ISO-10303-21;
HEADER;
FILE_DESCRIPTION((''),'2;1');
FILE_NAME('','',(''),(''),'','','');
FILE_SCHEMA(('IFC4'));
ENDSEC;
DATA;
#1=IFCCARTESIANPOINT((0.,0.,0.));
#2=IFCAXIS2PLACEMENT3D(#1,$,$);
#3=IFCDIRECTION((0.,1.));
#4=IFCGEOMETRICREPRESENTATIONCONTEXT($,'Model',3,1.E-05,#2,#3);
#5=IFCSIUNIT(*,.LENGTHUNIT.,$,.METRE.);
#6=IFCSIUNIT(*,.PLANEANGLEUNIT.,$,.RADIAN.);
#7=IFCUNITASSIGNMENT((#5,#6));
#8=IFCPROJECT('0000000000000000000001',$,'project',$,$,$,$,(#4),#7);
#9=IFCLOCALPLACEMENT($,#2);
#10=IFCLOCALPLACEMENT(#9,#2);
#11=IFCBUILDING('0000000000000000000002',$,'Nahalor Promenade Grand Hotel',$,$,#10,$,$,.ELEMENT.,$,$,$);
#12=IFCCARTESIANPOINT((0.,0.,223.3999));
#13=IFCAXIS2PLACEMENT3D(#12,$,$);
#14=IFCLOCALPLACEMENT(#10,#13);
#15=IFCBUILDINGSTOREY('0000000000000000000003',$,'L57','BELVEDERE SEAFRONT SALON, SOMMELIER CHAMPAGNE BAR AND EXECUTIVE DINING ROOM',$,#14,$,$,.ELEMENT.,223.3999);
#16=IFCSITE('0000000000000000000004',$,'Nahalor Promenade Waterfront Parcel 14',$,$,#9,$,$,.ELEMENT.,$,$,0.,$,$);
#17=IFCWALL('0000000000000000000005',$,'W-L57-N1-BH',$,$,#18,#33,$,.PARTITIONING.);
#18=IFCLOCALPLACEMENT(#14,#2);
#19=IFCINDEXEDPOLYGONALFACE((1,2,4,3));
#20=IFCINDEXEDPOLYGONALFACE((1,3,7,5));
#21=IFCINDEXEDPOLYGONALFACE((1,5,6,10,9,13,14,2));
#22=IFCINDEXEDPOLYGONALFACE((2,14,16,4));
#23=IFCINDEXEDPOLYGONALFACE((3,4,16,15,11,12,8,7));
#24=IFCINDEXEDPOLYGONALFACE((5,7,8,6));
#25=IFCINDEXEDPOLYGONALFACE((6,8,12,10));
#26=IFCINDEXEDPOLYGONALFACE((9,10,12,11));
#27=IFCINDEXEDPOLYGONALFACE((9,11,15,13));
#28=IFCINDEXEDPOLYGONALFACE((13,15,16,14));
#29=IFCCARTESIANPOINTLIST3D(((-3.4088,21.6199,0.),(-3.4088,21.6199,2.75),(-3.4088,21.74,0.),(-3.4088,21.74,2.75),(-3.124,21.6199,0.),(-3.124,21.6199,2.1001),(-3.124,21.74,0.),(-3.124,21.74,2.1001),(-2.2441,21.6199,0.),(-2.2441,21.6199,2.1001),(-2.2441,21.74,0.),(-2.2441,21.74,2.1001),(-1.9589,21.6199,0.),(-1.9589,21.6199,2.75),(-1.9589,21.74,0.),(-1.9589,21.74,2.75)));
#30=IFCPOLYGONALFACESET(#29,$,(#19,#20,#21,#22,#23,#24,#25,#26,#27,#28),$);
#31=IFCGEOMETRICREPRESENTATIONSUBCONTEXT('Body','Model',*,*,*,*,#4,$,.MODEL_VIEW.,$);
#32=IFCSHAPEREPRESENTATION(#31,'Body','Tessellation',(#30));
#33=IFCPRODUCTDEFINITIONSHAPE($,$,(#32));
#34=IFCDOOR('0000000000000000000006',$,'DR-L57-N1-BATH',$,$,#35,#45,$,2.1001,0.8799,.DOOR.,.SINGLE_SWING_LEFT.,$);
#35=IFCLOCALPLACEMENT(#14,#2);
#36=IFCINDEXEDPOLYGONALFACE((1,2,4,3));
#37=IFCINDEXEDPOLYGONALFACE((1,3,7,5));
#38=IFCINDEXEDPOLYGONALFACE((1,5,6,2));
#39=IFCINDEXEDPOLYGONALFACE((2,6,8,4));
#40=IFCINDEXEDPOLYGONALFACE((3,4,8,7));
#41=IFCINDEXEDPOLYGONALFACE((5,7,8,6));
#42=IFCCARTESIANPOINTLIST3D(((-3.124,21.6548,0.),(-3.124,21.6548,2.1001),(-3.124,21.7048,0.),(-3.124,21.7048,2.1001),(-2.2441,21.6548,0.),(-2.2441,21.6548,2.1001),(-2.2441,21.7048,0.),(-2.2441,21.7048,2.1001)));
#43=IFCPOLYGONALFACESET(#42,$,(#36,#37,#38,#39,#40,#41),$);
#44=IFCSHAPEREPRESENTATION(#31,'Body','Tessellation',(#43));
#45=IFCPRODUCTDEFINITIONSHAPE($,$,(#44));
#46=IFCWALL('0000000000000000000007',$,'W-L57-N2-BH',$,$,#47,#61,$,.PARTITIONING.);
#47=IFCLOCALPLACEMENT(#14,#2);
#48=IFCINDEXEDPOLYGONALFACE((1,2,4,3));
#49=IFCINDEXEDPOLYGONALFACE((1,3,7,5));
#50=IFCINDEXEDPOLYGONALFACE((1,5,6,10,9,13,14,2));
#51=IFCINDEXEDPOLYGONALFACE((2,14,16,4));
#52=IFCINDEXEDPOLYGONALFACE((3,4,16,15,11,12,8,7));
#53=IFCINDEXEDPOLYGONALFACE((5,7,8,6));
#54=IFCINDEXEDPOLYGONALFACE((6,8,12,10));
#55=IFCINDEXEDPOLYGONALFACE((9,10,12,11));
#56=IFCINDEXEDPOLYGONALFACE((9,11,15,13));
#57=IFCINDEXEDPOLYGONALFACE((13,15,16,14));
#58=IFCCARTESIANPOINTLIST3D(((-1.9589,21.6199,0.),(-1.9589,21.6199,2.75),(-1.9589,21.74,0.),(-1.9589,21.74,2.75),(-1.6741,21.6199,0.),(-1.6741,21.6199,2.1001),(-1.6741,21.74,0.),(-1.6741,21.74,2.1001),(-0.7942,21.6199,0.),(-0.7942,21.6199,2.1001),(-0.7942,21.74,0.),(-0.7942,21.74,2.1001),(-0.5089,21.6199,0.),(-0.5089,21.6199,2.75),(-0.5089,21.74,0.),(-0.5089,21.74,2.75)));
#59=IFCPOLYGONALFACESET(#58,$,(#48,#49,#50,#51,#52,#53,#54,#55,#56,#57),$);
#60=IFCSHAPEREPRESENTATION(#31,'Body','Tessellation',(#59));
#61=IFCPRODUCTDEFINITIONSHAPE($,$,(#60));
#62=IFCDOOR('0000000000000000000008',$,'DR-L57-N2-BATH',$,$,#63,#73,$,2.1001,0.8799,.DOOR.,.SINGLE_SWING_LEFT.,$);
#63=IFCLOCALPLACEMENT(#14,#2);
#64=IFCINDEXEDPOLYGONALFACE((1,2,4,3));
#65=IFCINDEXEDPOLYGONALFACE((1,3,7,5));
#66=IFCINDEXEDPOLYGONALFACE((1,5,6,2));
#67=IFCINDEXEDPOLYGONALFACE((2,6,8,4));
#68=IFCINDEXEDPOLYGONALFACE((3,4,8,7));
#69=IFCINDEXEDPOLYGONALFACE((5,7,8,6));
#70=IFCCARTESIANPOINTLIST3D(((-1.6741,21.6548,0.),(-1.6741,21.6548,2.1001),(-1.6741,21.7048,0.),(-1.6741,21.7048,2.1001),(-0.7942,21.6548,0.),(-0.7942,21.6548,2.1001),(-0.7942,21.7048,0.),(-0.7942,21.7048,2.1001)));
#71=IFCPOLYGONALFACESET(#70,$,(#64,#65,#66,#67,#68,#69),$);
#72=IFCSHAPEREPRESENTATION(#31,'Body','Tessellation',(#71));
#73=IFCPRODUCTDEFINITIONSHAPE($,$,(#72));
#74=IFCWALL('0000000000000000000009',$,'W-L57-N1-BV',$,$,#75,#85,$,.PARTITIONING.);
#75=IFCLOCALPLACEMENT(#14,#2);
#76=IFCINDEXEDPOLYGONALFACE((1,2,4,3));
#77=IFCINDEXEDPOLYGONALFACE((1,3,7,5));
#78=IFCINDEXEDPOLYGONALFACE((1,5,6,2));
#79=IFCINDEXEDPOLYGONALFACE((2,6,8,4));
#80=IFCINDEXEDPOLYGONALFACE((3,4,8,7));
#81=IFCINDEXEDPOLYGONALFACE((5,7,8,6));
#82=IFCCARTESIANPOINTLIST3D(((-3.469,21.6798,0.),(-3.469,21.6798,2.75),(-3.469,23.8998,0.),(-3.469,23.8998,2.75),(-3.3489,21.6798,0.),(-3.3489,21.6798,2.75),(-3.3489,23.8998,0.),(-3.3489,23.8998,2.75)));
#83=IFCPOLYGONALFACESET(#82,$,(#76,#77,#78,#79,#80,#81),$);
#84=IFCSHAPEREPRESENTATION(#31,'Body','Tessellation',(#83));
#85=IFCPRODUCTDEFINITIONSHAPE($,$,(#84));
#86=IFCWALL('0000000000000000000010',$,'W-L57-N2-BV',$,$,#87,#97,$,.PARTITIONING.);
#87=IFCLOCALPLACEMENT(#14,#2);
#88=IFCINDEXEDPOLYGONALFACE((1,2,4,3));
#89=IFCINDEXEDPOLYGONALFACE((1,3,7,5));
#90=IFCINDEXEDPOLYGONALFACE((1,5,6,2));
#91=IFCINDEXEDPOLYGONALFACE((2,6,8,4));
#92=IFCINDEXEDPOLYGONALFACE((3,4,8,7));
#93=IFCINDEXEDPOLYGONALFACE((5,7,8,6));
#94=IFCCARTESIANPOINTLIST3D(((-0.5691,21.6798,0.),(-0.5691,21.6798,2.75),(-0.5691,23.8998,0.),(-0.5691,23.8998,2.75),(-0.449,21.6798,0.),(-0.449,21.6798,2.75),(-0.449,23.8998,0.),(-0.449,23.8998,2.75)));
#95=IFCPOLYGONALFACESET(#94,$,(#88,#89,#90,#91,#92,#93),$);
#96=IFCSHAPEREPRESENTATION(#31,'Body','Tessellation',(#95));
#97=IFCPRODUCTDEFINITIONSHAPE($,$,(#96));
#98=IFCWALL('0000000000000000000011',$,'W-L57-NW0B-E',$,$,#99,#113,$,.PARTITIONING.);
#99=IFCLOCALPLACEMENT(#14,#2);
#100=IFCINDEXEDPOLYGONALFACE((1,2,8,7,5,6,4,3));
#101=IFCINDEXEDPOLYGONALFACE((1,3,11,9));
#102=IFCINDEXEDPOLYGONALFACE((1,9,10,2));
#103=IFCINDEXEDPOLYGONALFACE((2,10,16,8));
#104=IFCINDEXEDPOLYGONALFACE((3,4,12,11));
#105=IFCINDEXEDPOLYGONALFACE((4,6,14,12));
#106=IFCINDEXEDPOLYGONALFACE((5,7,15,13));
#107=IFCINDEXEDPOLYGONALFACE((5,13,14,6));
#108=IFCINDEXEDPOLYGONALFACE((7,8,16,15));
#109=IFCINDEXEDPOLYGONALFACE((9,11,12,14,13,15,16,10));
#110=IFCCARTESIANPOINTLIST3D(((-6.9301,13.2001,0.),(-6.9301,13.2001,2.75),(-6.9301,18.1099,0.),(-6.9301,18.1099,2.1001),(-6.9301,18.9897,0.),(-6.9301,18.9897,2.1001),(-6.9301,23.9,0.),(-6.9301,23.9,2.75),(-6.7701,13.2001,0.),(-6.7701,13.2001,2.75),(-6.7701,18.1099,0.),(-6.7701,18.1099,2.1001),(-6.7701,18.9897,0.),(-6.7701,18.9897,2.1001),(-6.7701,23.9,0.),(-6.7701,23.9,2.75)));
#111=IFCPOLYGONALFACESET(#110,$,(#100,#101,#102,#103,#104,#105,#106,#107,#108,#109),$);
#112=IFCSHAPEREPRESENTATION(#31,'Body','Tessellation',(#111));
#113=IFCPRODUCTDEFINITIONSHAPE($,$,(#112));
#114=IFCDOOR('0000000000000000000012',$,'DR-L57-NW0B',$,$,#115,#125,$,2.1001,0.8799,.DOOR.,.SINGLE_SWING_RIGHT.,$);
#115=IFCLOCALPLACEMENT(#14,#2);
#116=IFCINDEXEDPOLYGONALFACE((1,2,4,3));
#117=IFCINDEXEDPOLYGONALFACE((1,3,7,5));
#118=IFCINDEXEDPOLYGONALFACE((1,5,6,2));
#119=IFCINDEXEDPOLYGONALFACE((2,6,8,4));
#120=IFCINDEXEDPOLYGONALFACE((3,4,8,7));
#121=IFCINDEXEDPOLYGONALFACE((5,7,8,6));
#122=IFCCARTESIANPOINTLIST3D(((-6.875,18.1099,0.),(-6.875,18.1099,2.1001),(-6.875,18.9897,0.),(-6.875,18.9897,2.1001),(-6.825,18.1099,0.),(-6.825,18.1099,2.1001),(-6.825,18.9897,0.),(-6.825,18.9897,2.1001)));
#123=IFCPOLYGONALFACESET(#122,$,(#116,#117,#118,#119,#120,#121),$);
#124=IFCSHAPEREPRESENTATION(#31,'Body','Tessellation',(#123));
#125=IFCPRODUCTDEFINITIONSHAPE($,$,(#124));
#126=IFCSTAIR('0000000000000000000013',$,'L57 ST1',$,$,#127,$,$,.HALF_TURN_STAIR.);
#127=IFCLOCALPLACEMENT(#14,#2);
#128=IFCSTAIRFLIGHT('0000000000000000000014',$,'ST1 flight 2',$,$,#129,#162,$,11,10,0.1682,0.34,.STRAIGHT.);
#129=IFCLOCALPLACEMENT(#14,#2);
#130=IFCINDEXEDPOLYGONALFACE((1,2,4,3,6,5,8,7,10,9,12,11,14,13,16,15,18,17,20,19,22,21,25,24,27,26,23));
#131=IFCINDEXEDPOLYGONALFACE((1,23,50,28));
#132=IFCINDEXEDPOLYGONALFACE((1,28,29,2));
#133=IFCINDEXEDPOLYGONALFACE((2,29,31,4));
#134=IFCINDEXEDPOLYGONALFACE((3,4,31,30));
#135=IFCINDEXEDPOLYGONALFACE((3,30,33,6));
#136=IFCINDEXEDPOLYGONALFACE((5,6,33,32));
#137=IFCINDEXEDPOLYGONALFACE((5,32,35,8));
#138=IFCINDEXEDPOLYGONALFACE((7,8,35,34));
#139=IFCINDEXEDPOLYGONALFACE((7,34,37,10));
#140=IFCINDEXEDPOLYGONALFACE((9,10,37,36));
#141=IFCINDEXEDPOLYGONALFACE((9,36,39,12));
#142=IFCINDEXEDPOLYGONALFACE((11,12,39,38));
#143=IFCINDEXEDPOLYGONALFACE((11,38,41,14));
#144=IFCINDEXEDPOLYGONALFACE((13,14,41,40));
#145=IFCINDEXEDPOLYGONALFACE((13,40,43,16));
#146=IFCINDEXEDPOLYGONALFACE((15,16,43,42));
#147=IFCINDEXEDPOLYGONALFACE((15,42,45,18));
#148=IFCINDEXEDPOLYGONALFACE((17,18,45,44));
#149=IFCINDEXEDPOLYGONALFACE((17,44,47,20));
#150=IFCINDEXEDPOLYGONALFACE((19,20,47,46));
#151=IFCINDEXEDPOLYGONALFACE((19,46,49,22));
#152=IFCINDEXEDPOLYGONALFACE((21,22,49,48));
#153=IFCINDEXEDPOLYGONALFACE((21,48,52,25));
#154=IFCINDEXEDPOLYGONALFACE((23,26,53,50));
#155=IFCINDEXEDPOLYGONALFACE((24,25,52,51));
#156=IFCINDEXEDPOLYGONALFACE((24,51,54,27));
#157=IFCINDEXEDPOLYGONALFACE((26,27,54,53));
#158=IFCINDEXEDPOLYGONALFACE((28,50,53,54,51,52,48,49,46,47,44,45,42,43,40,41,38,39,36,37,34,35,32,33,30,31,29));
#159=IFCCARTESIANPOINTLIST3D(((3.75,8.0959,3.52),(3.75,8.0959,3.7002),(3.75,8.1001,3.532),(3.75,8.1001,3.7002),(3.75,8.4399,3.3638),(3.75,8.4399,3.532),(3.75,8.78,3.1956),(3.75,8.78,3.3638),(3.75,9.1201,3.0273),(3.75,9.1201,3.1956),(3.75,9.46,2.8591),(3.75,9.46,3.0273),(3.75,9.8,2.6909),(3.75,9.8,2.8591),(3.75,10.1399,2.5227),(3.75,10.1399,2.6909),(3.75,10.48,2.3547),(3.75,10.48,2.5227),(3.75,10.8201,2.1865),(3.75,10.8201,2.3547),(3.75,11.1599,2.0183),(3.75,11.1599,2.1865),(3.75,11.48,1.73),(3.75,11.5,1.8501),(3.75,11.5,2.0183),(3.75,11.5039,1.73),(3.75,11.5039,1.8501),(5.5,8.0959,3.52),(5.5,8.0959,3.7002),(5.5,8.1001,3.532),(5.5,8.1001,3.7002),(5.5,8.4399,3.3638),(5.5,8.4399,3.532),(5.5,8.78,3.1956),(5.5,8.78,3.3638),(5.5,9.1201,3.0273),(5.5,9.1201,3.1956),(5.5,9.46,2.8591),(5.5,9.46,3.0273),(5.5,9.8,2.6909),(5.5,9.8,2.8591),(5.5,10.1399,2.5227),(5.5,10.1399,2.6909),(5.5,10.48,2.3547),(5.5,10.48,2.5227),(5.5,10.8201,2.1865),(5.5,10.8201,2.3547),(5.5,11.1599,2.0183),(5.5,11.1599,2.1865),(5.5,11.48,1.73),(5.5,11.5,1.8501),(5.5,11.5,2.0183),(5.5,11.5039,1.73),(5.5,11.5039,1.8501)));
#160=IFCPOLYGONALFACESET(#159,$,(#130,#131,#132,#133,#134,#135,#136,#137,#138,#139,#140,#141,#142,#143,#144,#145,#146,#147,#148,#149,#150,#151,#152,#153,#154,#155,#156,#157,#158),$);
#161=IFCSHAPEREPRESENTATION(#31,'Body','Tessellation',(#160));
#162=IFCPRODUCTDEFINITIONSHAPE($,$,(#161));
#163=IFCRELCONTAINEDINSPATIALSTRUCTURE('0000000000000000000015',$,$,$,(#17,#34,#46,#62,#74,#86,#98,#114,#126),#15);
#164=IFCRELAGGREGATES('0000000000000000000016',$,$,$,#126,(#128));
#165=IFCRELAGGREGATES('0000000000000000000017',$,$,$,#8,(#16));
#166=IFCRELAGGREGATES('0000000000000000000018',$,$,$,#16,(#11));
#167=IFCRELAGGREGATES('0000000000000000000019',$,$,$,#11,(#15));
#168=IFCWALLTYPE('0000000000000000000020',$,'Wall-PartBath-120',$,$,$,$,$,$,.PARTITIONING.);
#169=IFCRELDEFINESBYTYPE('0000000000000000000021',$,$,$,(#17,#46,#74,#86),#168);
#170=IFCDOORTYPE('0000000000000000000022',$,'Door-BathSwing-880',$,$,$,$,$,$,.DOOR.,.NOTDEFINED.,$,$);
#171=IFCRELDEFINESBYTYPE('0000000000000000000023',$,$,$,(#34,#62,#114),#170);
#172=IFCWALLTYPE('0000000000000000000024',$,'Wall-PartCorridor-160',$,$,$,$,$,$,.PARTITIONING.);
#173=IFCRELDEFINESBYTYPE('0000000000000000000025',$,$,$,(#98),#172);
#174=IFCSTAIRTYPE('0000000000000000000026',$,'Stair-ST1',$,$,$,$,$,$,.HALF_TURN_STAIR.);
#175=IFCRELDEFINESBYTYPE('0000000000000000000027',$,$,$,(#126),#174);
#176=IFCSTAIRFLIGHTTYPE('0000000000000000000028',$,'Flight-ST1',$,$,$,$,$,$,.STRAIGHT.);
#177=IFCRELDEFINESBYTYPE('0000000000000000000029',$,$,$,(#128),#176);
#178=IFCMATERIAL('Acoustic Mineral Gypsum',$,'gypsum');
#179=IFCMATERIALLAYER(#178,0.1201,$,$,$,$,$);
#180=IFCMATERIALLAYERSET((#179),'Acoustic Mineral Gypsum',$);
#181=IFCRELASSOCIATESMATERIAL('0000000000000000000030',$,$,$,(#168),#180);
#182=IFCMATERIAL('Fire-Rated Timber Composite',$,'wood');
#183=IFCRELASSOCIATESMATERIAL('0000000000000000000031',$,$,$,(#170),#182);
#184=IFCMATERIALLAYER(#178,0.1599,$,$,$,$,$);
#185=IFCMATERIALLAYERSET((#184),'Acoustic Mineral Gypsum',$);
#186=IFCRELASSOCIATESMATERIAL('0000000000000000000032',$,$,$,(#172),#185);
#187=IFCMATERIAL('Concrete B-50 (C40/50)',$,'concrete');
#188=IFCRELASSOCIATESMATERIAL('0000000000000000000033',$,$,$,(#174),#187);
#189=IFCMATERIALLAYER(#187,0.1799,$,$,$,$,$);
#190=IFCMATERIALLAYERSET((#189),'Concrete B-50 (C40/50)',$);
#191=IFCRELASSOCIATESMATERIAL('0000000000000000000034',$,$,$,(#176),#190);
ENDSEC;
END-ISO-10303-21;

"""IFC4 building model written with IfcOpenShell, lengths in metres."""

from ifc_helpers import new_model, si_unit, direction, frame, frame_2d, origin, place, context, subcontext, project, spatial, polyline, rectangle, outline, extrude, source, transform, mapped, material, layer, layer_set, type_object, element, fill, aggregate, save


model = new_model("IFC4")

# Units and contexts
model_context = context("Model", 3, precision=1e-05, world=origin(), true_north=direction((0.0, 1.0)))
body_context = subcontext(model_context, "Body", "Model", "MODEL_VIEW")
ifc_project = project(units=[si_unit("LENGTHUNIT", "METRE"), si_unit("PLANEANGLEUNIT", "RADIAN")], contexts=[model_context])

# Site, building, storey
site_placement = place(None, origin())
site = spatial("IfcSite", under=ifc_project, at=site_placement, Name="Nahalor Promenade Waterfront Parcel 14", CompositionType="ELEMENT", RefElevation=0.0)
building_placement = place(site_placement, origin())
building = spatial("IfcBuilding", under=site, at=building_placement, Name="Nahalor Promenade Grand Hotel", CompositionType="ELEMENT")
storey_placement = place(building_placement, frame((0.0, 0.0, 223.3999)))
storey = spatial("IfcBuildingStorey", under=building, at=storey_placement, Name="L57", Description="BELVEDERE SEAFRONT SALON, SOMMELIER CHAMPAGNE BAR AND EXECUTIVE DINING ROOM", CompositionType="ELEMENT", Elevation=223.3999)

# Shared definitions
ifc_material_1 = material(Name="Concrete B-50 (C40/50)", Category="concrete")

# Walls, openings, doors
ifc_material_2 = material(Name="Acoustic Mineral Gypsum", Category="gypsum")
ifc_layer_1 = layer(ifc_material_2, 0.1201)
ifc_layer_set_1 = layer_set([ifc_layer_1], Name="Acoustic Mineral Gypsum")
wall_type_1 = type_object("IfcWallType", Name="Wall-PartBath-120", PredefinedType="PARTITIONING", material=ifc_layer_set_1)
shared_shape_1 = source(origin(), body_context, "Body", "SweptSolid", [
    extrude(rectangle(XDim=1.45, YDim=0.1201, at=frame_2d((0.7251, 0.0))), origin(), (0.0, 0.0, 1.0), 2.75),
])
wall_1_placement = place(storey_placement, frame((-3.4089, 21.6799, 0.0), z_axis=(0.0, 0.0, 1.0), x_axis=(1.0, 0.0, 0.0)))
wall_1 = element("IfcWall", 1, at=wall_1_placement, inside=storey, type_object=wall_type_1, Name="W-L57-N1-BH", PredefinedType="PARTITIONING", context=body_context, shape_type="MappedRepresentation", body=[
    mapped(shared_shape_1, transform((0.0, 0.0, 0.0), scale=1.0)),
])
opening_1_placement = place(wall_1_placement, frame((0.2849, 0.0, 0.0)))
opening_1 = element("IfcOpeningElement", 2, at=opening_1_placement, cuts=wall_1, PredefinedType="OPENING", context=body_context, shape_type="SweptSolid", body=[
    extrude(rectangle(XDim=0.8799, YDim=2.1001, at=frame_2d((0.4399, 1.05))), frame((0.0, 0.0701, 0.0), z_axis=(0.0, -1.0, 0.0), x_axis=(1.0, 0.0, 0.0)), (0.0, 0.0, 1.0), 0.1401),
])
ifc_material_3 = material(Name="Fire-Rated Timber Composite", Category="wood")
door_type = type_object("IfcDoorType", Name="Door-BathSwing-880", OperationType="NOTDEFINED", PredefinedType="DOOR", material=ifc_material_3)
shared_shape_2 = source(origin(), body_context, "Body", "SweptSolid", [
    extrude(rectangle(XDim=0.8799, YDim=2.1001, at=frame_2d((0.4399, 1.05))), frame((0.0, 0.0249, 0.0), z_axis=(0.0, -1.0, 0.0), x_axis=(1.0, 0.0, 0.0)), (0.0, 0.0, 1.0), 0.05),
])
door_1_placement = place(opening_1_placement, origin())
door_1 = element("IfcDoor", 3, at=door_1_placement, inside=storey, type_object=door_type, Name="DR-L57-N1-BATH", OperationType="SINGLE_SWING_LEFT", OverallHeight=2.1001, OverallWidth=0.8799, PredefinedType="DOOR", context=body_context, shape_type="MappedRepresentation", body=[
    mapped(shared_shape_2, transform((0.0, 0.0, 0.0), scale=1.0)),
])
fill(opening_1, door_1)
wall_2_placement = place(storey_placement, frame((-1.959, 21.6799, 0.0), z_axis=(0.0, 0.0, 1.0), x_axis=(1.0, 0.0, 0.0)))
wall_2 = element("IfcWall", 4, at=wall_2_placement, inside=storey, type_object=wall_type_1, Name="W-L57-N2-BH", PredefinedType="PARTITIONING", context=body_context, shape_type="MappedRepresentation", body=[
    mapped(shared_shape_1, transform((0.0, 0.0, 0.0), scale=1.0)),
])
opening_2_placement = place(wall_2_placement, frame((0.2849, 0.0, 0.0)))
opening_2 = element("IfcOpeningElement", 5, at=opening_2_placement, cuts=wall_2, PredefinedType="OPENING", context=body_context, shape_type="SweptSolid", body=[
    extrude(rectangle(XDim=0.8799, YDim=2.1001, at=frame_2d((0.4399, 1.05))), frame((0.0, 0.0701, 0.0), z_axis=(0.0, -1.0, 0.0), x_axis=(1.0, 0.0, 0.0)), (0.0, 0.0, 1.0), 0.1401),
])
door_2_placement = place(opening_2_placement, origin())
door_2 = element("IfcDoor", 6, at=door_2_placement, inside=storey, type_object=door_type, Name="DR-L57-N2-BATH", OperationType="SINGLE_SWING_LEFT", OverallHeight=2.1001, OverallWidth=0.8799, PredefinedType="DOOR", context=body_context, shape_type="MappedRepresentation", body=[
    mapped(shared_shape_2, transform((0.0, 0.0, 0.0), scale=1.0)),
])
fill(opening_2, door_2)

# Walls
shared_shape_3 = source(origin(), body_context, "Body", "SweptSolid", [
    extrude(rectangle(XDim=2.22, YDim=0.1201, at=frame_2d((1.1099, 0.0))), origin(), (0.0, 0.0, 1.0), 2.75),
])
for number, where, z_axis, x_axis, name in (
    (7, (-3.4089, 21.6799, 0.0), (0.0, 0.0, 1.0), (0.0, 1.0, 0.0), "W-L57-N1-BV"),
    (8, (-0.509, 21.6799, 0.0), (0.0, 0.0, 1.0), (0.0, 1.0, 0.0), "W-L57-N2-BV"),
):
    element("IfcWall", number, at=place(storey_placement, frame(where, z_axis=z_axis, x_axis=x_axis)), inside=storey, type_object=wall_type_1, Name=name, PredefinedType="PARTITIONING", context=body_context, shape_type="MappedRepresentation", body=[
        mapped(shared_shape_3, transform((0.0, 0.0, 0.0), scale=1.0)),
    ])

# Wall, opening, door
ifc_layer_2 = layer(ifc_material_2, 0.1599)
ifc_layer_set_2 = layer_set([ifc_layer_2], Name="Acoustic Mineral Gypsum")
wall_type_2 = type_object("IfcWallType", Name="Wall-PartCorridor-160", PredefinedType="PARTITIONING", material=ifc_layer_set_2)
shared_shape_4 = source(origin(), body_context, "Body", "SweptSolid", [
    extrude(rectangle(XDim=10.7, YDim=0.1599, at=frame_2d((5.3501, 0.0))), origin(), (0.0, 0.0, 1.0), 2.75),
])
wall_3_placement = place(storey_placement, frame((-6.8501, 13.2, 0.0), z_axis=(0.0, 0.0, 1.0), x_axis=(0.0, 1.0, 0.0)))
wall_3 = element("IfcWall", 9, at=wall_3_placement, inside=storey, type_object=wall_type_2, Name="W-L57-NW0B-E", PredefinedType="PARTITIONING", context=body_context, shape_type="MappedRepresentation", body=[
    mapped(shared_shape_4, transform((0.0, 0.0, 0.0), scale=1.0)),
])
opening_3_placement = place(wall_3_placement, frame((4.9099, 0.0, 0.0)))
opening_3 = element("IfcOpeningElement", 10, at=opening_3_placement, cuts=wall_3, PredefinedType="OPENING", context=body_context, shape_type="SweptSolid", body=[
    extrude(rectangle(XDim=0.8799, YDim=2.1001, at=frame_2d((0.4399, 1.05))), frame((0.0, 0.0898, 0.0), z_axis=(0.0, -1.0, 0.0), x_axis=(1.0, 0.0, 0.0)), (0.0, 0.0, 1.0), 0.1799),
])
door_3_placement = place(opening_3_placement, origin())
door_3 = element("IfcDoor", 11, at=door_3_placement, inside=storey, type_object=door_type, Name="DR-L57-NW0B", OperationType="SINGLE_SWING_RIGHT", OverallHeight=2.1001, OverallWidth=0.8799, PredefinedType="DOOR", context=body_context, shape_type="MappedRepresentation", body=[
    mapped(shared_shape_2, transform((0.0, 0.0, 0.0), scale=1.0)),
])
fill(opening_3, door_3)

# Stair, stair flight
stair_type = type_object("IfcStairType", Name="Stair-ST1", PredefinedType="HALF_TURN_STAIR", material=ifc_material_1)
stair_placement = place(storey_placement, origin())
stair = element("IfcStair", 12, at=stair_placement, inside=storey, type_object=stair_type, Name="L57 ST1", PredefinedType="HALF_TURN_STAIR")
ifc_layer_3 = layer(ifc_material_1, 0.1799)
ifc_layer_set_3 = layer_set([ifc_layer_3], Name="Concrete B-50 (C40/50)")
stair_flight_type = type_object("IfcStairFlightType", Name="Flight-ST1", PredefinedType="STRAIGHT", material=ifc_layer_set_3)
shared_shape_5 = source(origin(), body_context, "Body", "SweptSolid", [
    extrude(outline(polyline([(-0.0039, -0.1201), (-0.0039, 0.0), (0.0, 0.0), (0.0, 0.1682), (0.3401, 0.1682), (0.3401, 0.3364), (0.6799, 0.3364), (0.6799, 0.5046), (1.02, 0.5046), (1.02, 0.6726), (1.3601, 0.6726), (1.3601, 0.8408), (1.7, 0.8408), (1.7, 1.009), (2.04, 1.009), (2.04, 1.1772), (2.3799, 1.1772), (2.3799, 1.3455), (2.72, 1.3455), (2.72, 1.5137), (3.0601, 1.5137), (3.0601, 1.6819), (3.3999, 1.6819), (3.3999, 1.8501), (3.4041, 1.8501), (3.4041, 1.6699), (0.02, -0.1201), (-0.0039, -0.1201)])), frame((0.0, 0.875, 0.0), z_axis=(0.0, -1.0, 0.0), x_axis=(1.0, 0.0, 0.0)), (0.0, 0.0, 1.0), 1.75),
])
stair_flight_placement = place(storey_placement, frame((4.625, 11.5, 1.8501), z_axis=(0.0, 0.0, 1.0), x_axis=(0.0, -1.0, 0.0)))
stair_flight = element("IfcStairFlight", 13, at=stair_flight_placement, type_object=stair_flight_type, Name="ST1 flight 2", NumberOfRisers=11, NumberOfTreads=10, PredefinedType="STRAIGHT", RiserHeight=0.1682, TreadLength=0.34, context=body_context, shape_type="MappedRepresentation", body=[
    mapped(shared_shape_5, transform((0.0, 0.0, 0.0), scale=1.0)),
])
aggregate(stair, [stair_flight])

save(model, "model.ifc")
